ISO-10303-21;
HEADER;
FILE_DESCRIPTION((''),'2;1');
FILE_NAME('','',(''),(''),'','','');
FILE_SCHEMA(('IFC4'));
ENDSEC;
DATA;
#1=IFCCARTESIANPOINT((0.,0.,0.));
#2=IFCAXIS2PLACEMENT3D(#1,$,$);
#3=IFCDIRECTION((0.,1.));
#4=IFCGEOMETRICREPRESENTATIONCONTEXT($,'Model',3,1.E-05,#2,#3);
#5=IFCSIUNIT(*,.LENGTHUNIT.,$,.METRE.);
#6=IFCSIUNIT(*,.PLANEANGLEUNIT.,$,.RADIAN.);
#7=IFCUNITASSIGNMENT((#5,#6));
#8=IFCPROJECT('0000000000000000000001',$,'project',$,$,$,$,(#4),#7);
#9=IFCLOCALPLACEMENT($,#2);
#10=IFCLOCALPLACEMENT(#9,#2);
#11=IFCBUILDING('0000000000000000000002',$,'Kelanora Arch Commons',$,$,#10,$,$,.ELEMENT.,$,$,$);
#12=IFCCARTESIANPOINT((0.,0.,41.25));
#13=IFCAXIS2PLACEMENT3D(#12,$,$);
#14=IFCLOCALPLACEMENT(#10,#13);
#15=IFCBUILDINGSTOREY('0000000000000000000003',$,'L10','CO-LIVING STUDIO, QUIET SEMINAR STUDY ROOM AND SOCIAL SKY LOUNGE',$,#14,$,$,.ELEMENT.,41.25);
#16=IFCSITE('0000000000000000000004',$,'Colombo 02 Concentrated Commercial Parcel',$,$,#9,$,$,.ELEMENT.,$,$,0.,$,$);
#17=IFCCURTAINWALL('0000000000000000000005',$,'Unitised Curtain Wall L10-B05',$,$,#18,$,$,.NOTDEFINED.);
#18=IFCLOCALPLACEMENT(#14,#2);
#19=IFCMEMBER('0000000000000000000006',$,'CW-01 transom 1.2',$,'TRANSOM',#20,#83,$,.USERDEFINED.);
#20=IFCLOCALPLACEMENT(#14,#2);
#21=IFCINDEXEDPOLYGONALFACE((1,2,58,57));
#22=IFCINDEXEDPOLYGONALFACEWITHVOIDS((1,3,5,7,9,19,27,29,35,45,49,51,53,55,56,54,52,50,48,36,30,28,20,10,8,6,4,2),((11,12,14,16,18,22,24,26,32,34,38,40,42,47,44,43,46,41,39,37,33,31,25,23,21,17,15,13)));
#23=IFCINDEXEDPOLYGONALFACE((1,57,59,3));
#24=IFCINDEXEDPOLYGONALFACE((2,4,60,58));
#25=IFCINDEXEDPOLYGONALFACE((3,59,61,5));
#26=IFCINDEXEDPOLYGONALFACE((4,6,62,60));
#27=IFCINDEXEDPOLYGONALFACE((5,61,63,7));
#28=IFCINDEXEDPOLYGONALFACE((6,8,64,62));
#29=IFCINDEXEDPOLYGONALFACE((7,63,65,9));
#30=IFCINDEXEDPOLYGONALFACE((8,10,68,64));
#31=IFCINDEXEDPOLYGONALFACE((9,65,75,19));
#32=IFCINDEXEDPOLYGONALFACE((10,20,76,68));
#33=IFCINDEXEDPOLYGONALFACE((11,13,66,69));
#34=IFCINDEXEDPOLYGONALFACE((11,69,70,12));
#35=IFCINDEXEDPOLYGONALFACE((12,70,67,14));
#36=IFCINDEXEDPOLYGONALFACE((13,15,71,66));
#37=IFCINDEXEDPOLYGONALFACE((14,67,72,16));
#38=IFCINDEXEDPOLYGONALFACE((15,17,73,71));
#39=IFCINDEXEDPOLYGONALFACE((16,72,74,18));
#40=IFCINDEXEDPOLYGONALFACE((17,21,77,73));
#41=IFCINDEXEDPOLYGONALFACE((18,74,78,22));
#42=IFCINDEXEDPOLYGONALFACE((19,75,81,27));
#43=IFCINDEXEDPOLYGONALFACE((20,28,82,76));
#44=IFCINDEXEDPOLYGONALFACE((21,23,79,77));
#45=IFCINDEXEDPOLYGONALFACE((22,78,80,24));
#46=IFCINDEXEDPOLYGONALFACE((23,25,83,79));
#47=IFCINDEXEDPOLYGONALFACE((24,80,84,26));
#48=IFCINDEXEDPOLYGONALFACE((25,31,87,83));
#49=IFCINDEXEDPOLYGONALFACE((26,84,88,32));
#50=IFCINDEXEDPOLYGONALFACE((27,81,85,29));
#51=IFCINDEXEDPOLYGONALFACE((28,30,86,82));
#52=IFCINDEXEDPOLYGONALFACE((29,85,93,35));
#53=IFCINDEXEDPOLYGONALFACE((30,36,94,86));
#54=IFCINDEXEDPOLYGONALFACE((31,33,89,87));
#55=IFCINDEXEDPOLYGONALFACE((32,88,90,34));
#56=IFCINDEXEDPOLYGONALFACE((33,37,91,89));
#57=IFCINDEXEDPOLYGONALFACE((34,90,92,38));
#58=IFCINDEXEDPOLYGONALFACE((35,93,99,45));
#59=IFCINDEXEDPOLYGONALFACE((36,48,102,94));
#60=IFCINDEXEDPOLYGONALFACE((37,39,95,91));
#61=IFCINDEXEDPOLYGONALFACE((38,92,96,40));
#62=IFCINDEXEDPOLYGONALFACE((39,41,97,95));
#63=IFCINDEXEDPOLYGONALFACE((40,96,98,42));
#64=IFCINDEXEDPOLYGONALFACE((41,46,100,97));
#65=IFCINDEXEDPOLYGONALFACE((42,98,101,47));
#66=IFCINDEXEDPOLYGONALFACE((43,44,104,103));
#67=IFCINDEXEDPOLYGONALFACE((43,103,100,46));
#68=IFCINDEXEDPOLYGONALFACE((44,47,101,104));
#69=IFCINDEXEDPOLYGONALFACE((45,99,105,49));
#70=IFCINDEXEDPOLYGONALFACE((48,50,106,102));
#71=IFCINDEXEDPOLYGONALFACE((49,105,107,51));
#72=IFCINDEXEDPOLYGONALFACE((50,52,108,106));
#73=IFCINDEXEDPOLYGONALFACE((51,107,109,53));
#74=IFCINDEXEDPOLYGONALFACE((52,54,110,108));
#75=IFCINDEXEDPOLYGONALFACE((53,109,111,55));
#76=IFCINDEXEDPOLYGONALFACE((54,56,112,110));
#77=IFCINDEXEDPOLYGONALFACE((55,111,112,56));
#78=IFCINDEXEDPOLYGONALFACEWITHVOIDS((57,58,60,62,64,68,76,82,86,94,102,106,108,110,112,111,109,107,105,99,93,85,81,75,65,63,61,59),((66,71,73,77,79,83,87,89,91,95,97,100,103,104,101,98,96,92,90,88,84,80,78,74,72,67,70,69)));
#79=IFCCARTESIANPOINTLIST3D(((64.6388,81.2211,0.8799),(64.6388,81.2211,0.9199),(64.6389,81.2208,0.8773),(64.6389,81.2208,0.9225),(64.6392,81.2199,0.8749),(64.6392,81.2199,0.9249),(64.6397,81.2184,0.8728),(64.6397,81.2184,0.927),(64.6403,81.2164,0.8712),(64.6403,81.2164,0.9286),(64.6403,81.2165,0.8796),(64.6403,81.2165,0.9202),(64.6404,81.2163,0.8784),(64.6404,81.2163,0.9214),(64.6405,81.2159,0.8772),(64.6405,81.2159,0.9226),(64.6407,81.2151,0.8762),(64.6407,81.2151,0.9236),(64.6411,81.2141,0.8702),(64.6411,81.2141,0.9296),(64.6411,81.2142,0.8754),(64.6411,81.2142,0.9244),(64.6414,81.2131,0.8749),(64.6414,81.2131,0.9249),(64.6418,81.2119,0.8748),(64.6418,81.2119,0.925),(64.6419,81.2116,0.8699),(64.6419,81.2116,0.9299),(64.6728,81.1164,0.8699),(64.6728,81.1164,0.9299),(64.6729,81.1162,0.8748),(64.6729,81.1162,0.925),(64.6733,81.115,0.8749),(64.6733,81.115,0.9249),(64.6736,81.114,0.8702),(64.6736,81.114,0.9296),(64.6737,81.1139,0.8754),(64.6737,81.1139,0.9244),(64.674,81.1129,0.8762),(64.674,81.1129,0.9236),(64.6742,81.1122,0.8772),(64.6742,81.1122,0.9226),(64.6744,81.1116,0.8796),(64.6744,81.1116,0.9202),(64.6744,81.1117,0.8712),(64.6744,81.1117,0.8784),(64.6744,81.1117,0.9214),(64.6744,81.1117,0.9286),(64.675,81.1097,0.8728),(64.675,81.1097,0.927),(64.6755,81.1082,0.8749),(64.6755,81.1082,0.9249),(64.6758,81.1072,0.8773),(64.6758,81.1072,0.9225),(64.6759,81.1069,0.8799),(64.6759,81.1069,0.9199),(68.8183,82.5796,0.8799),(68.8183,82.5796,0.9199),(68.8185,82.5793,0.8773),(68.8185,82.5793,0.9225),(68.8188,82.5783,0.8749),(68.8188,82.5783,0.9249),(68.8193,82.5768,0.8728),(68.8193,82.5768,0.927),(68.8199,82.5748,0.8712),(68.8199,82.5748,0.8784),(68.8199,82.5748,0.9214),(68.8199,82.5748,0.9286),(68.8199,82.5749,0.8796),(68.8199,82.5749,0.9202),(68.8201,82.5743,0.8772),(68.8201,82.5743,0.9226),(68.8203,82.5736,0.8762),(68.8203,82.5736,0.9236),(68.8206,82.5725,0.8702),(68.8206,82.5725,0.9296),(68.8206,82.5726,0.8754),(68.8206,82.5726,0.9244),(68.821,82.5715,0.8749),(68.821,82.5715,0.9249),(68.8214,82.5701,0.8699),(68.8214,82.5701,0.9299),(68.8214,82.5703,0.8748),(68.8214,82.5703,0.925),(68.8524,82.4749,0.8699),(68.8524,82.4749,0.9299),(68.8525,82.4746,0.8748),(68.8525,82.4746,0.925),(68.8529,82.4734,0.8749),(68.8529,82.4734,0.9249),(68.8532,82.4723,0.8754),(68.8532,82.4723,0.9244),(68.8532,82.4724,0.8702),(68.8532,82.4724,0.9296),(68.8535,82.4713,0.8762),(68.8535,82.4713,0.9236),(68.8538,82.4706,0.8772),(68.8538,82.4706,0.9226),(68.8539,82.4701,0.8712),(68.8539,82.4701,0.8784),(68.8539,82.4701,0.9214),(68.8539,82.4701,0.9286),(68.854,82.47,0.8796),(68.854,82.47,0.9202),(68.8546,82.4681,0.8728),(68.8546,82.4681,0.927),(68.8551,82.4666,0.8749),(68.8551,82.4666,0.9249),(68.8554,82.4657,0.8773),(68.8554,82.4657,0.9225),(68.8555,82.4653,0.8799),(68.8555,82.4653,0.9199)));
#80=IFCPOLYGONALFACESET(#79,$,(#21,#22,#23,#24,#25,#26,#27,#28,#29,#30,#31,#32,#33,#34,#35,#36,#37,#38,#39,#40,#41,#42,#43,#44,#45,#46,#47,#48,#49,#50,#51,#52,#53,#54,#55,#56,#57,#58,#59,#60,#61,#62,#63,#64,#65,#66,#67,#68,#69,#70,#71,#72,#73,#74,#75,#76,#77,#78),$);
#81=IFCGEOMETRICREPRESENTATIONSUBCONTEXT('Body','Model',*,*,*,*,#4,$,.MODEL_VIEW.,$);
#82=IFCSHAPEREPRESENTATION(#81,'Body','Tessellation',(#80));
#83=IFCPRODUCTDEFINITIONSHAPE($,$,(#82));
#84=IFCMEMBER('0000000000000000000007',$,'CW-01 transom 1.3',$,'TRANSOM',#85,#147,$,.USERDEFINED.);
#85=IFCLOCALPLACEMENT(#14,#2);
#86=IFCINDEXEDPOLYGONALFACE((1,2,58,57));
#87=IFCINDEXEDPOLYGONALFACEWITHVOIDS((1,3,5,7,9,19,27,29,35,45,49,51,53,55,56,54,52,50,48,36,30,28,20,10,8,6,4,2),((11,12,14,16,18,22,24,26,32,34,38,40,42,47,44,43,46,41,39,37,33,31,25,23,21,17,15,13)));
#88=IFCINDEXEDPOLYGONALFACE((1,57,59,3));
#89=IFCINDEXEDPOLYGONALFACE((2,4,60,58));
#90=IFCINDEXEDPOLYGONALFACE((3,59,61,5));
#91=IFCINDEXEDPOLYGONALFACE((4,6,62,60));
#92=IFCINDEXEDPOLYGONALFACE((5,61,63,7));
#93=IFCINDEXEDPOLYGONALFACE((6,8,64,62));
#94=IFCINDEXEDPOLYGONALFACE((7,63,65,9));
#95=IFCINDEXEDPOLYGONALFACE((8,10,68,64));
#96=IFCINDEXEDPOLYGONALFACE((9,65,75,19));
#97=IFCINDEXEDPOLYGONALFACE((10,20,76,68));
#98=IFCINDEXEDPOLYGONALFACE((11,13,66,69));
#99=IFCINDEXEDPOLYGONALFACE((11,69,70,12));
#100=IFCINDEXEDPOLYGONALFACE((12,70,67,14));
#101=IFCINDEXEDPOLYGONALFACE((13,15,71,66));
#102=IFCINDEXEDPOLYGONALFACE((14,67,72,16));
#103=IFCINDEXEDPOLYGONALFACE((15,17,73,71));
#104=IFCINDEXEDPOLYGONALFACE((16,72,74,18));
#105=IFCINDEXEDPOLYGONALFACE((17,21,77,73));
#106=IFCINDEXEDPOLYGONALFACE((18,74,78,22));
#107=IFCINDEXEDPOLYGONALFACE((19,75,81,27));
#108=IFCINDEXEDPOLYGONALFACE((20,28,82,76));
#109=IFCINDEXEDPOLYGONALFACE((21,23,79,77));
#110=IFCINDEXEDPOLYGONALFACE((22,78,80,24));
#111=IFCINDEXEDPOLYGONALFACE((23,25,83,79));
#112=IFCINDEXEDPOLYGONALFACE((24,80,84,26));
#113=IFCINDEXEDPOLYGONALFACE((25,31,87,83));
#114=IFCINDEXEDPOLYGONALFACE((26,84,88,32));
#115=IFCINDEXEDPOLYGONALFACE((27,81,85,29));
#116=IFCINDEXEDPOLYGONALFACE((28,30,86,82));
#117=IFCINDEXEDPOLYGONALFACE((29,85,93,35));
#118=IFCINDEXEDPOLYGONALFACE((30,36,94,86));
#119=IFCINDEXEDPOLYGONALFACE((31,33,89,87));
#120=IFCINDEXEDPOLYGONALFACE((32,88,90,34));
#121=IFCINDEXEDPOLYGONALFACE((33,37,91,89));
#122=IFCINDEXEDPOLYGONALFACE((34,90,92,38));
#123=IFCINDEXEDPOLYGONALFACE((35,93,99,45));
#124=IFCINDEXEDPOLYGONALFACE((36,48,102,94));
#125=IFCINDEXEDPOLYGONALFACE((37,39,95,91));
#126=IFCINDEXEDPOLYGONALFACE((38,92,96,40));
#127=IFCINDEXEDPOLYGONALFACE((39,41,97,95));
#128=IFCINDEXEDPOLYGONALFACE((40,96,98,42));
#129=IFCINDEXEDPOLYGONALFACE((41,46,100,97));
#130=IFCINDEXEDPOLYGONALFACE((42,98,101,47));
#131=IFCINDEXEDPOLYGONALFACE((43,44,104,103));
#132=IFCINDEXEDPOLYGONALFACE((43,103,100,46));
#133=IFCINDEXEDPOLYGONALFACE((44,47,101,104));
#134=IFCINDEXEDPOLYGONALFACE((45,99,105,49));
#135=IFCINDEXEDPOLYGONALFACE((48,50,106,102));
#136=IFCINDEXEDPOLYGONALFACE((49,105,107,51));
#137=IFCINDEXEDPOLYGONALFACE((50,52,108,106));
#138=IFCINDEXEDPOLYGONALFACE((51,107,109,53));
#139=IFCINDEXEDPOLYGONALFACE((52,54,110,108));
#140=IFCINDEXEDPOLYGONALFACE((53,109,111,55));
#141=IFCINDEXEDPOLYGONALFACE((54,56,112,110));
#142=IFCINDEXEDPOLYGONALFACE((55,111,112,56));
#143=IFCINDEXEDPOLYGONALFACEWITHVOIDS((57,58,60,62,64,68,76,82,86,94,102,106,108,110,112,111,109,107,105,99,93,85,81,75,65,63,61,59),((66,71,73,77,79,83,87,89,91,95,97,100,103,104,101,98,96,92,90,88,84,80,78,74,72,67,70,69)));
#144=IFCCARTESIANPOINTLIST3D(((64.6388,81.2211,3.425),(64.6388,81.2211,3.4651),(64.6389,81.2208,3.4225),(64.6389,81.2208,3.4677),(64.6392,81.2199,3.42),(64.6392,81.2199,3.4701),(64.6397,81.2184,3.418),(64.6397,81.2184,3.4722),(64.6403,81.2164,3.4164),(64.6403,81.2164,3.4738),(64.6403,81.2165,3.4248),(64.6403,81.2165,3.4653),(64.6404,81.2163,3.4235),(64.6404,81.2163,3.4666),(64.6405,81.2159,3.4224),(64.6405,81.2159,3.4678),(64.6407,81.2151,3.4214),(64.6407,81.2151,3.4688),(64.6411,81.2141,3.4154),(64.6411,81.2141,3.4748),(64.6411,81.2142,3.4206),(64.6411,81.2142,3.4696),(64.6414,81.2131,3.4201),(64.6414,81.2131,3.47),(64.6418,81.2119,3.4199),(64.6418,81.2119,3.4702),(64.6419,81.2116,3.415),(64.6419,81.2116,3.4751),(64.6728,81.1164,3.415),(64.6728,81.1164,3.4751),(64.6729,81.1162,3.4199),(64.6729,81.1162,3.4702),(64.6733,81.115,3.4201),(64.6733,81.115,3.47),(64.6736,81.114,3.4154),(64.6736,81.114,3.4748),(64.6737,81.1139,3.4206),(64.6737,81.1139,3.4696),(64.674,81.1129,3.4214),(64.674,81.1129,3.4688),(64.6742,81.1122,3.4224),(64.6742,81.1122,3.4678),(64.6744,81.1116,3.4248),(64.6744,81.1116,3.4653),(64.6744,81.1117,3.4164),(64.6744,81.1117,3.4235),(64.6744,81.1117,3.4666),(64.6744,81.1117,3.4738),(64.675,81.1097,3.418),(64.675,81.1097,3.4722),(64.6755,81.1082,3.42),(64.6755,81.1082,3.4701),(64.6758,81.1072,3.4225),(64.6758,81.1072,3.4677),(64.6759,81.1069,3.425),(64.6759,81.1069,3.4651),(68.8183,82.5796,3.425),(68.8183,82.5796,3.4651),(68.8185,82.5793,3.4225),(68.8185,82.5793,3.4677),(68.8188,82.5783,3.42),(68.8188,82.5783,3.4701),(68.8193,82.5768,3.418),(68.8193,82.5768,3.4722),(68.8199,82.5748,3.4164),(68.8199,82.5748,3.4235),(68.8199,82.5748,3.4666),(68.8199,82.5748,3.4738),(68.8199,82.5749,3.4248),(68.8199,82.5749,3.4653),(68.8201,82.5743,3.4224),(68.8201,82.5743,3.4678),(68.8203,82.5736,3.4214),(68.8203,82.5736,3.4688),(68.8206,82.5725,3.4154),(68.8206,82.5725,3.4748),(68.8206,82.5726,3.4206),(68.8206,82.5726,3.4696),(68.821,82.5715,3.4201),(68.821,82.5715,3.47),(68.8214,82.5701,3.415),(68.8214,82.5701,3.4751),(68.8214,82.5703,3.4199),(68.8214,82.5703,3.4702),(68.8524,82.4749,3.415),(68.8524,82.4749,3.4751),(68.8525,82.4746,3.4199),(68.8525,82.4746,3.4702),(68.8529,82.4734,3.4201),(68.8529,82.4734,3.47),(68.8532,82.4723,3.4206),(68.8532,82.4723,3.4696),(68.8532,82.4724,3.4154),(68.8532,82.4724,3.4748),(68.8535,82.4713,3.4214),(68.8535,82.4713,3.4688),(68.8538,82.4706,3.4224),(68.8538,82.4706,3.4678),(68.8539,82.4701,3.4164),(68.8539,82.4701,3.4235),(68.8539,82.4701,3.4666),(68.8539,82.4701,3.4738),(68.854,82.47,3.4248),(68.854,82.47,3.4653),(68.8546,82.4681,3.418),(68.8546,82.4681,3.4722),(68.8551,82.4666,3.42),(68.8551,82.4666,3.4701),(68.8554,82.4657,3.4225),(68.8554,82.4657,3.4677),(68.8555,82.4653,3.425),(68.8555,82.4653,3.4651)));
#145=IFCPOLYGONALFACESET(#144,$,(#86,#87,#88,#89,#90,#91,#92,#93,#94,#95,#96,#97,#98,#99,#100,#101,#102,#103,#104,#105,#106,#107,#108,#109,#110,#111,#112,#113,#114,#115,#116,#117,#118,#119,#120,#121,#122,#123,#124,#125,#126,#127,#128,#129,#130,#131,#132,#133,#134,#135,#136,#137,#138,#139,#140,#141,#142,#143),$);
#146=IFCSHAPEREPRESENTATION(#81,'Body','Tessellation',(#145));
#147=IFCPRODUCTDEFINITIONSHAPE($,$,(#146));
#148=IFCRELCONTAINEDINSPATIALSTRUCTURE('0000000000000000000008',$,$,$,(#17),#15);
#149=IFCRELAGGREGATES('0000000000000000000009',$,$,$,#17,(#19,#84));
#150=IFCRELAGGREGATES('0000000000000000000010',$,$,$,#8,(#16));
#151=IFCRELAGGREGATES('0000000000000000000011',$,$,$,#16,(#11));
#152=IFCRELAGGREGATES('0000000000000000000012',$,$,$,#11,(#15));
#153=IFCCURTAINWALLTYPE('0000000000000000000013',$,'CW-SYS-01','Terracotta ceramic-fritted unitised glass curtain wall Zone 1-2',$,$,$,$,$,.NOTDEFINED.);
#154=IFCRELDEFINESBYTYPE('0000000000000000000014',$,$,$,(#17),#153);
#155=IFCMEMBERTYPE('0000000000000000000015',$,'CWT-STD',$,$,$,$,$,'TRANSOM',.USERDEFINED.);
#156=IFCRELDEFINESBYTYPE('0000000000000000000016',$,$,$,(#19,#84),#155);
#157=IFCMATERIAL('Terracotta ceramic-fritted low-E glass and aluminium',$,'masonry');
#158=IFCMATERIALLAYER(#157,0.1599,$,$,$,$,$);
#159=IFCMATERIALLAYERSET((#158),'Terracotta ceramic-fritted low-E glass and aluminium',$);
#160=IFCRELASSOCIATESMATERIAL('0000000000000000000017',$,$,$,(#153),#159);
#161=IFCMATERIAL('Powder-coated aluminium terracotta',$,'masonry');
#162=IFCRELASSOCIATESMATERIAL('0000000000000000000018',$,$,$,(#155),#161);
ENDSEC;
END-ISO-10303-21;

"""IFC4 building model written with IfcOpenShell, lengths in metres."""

from ifc_helpers import new_model, si_unit, direction, frame, origin, origin_2d, place, context, subcontext, project, spatial, hollow_rectangle, extrude, material, layer, layer_set, material_profile, profile_set, type_object, element, aggregate, save


model = new_model("IFC4")

# Units and contexts
model_context = context("Model", 3, precision=1e-05, world=origin(), true_north=direction((0.0, 1.0)))
body_context = subcontext(model_context, "Body", "Model", "MODEL_VIEW")
ifc_project = project(units=[si_unit("LENGTHUNIT", "METRE"), si_unit("PLANEANGLEUNIT", "RADIAN")], contexts=[model_context])

# Site, building, storey
site_placement = place(None, origin())
site = spatial("IfcSite", under=ifc_project, at=site_placement, Name="Colombo 02 Concentrated Commercial Parcel", CompositionType="ELEMENT", RefElevation=0.0)
building_placement = place(site_placement, origin())
building = spatial("IfcBuilding", under=site, at=building_placement, Name="Kelanora Arch Commons", CompositionType="ELEMENT")
storey_placement = place(building_placement, frame((0.0, 0.0, 41.25)))
storey = spatial("IfcBuildingStorey", under=building, at=storey_placement, Name="L10", Description="CO-LIVING STUDIO, QUIET SEMINAR STUDY ROOM AND SOCIAL SKY LOUNGE", CompositionType="ELEMENT", Elevation=41.25)

# Curtain wall, members
ifc_material_1 = material(Name="Terracotta ceramic-fritted low-E glass and aluminium", Category="masonry")
ifc_layer_1 = layer(ifc_material_1, 0.1599)
ifc_layer_set_1 = layer_set([ifc_layer_1], Name="Terracotta ceramic-fritted low-E glass and aluminium")
curtain_wall_type = type_object("IfcCurtainWallType", Name="CW-SYS-01", Description="Terracotta ceramic-fritted unitised glass curtain wall Zone 1-2", PredefinedType="NOTDEFINED", material=ifc_layer_set_1)
curtain_wall_placement = place(storey_placement, origin())
curtain_wall = element("IfcCurtainWall", 1, at=curtain_wall_placement, inside=storey, type_object=curtain_wall_type, Name="Unitised Curtain Wall L10-B05", PredefinedType="NOTDEFINED")
ifc_material_2 = material(Name="Powder-coated aluminium terracotta", Category="masonry")
ifc_material_profile_1 = material_profile(ifc_material_2, hollow_rectangle(XDim=0.1201, YDim=0.0601, WallThickness=0.0049, InnerFilletRadius=0.0049, OuterFilletRadius=0.01, at=origin_2d()), Name="CWT120x60")
ifc_profile_set_1 = profile_set([ifc_material_profile_1], Name="Powder-coated aluminium terracotta")
member_type_1 = type_object("IfcMemberType", Name="CWT-STD", ElementType="TRANSOM", PredefinedType="USERDEFINED", material=ifc_profile_set_1)
member_1_placement = place(storey_placement, frame((68.8369, 82.5225, 0.8999), z_axis=(-0.951029, -0.309102, 0.0), x_axis=(0.309102, -0.951029, 0.0)))
member_1 = element("IfcMember", 2, at=member_1_placement, type_object=member_type_1, Name="CW-01 transom 1.2", ObjectType="TRANSOM", PredefinedType="USERDEFINED", context=body_context, shape_type="SweptSolid", body=[
    extrude(hollow_rectangle(XDim=0.1201, YDim=0.0601, WallThickness=0.0049, InnerFilletRadius=0.0049, OuterFilletRadius=0.01, at=origin_2d()), origin(), (0.0, 0.0, 1.0), 4.3948),
])
member_2_placement = place(storey_placement, frame((68.8369, 82.5225, 3.4451), z_axis=(-0.951029, -0.309102, 0.0), x_axis=(0.309102, -0.951029, 0.0)))
member_2 = element("IfcMember", 3, at=member_2_placement, type_object=member_type_1, Name="CW-01 transom 1.3", ObjectType="TRANSOM", PredefinedType="USERDEFINED", context=body_context, shape_type="SweptSolid", body=[
    extrude(hollow_rectangle(XDim=0.1201, YDim=0.0601, WallThickness=0.0049, InnerFilletRadius=0.0049, OuterFilletRadius=0.01, at=origin_2d()), origin(), (0.0, 0.0, 1.0), 4.3948),
])
aggregate(curtain_wall, [member_1, member_2])

save(model, "model.ifc")
